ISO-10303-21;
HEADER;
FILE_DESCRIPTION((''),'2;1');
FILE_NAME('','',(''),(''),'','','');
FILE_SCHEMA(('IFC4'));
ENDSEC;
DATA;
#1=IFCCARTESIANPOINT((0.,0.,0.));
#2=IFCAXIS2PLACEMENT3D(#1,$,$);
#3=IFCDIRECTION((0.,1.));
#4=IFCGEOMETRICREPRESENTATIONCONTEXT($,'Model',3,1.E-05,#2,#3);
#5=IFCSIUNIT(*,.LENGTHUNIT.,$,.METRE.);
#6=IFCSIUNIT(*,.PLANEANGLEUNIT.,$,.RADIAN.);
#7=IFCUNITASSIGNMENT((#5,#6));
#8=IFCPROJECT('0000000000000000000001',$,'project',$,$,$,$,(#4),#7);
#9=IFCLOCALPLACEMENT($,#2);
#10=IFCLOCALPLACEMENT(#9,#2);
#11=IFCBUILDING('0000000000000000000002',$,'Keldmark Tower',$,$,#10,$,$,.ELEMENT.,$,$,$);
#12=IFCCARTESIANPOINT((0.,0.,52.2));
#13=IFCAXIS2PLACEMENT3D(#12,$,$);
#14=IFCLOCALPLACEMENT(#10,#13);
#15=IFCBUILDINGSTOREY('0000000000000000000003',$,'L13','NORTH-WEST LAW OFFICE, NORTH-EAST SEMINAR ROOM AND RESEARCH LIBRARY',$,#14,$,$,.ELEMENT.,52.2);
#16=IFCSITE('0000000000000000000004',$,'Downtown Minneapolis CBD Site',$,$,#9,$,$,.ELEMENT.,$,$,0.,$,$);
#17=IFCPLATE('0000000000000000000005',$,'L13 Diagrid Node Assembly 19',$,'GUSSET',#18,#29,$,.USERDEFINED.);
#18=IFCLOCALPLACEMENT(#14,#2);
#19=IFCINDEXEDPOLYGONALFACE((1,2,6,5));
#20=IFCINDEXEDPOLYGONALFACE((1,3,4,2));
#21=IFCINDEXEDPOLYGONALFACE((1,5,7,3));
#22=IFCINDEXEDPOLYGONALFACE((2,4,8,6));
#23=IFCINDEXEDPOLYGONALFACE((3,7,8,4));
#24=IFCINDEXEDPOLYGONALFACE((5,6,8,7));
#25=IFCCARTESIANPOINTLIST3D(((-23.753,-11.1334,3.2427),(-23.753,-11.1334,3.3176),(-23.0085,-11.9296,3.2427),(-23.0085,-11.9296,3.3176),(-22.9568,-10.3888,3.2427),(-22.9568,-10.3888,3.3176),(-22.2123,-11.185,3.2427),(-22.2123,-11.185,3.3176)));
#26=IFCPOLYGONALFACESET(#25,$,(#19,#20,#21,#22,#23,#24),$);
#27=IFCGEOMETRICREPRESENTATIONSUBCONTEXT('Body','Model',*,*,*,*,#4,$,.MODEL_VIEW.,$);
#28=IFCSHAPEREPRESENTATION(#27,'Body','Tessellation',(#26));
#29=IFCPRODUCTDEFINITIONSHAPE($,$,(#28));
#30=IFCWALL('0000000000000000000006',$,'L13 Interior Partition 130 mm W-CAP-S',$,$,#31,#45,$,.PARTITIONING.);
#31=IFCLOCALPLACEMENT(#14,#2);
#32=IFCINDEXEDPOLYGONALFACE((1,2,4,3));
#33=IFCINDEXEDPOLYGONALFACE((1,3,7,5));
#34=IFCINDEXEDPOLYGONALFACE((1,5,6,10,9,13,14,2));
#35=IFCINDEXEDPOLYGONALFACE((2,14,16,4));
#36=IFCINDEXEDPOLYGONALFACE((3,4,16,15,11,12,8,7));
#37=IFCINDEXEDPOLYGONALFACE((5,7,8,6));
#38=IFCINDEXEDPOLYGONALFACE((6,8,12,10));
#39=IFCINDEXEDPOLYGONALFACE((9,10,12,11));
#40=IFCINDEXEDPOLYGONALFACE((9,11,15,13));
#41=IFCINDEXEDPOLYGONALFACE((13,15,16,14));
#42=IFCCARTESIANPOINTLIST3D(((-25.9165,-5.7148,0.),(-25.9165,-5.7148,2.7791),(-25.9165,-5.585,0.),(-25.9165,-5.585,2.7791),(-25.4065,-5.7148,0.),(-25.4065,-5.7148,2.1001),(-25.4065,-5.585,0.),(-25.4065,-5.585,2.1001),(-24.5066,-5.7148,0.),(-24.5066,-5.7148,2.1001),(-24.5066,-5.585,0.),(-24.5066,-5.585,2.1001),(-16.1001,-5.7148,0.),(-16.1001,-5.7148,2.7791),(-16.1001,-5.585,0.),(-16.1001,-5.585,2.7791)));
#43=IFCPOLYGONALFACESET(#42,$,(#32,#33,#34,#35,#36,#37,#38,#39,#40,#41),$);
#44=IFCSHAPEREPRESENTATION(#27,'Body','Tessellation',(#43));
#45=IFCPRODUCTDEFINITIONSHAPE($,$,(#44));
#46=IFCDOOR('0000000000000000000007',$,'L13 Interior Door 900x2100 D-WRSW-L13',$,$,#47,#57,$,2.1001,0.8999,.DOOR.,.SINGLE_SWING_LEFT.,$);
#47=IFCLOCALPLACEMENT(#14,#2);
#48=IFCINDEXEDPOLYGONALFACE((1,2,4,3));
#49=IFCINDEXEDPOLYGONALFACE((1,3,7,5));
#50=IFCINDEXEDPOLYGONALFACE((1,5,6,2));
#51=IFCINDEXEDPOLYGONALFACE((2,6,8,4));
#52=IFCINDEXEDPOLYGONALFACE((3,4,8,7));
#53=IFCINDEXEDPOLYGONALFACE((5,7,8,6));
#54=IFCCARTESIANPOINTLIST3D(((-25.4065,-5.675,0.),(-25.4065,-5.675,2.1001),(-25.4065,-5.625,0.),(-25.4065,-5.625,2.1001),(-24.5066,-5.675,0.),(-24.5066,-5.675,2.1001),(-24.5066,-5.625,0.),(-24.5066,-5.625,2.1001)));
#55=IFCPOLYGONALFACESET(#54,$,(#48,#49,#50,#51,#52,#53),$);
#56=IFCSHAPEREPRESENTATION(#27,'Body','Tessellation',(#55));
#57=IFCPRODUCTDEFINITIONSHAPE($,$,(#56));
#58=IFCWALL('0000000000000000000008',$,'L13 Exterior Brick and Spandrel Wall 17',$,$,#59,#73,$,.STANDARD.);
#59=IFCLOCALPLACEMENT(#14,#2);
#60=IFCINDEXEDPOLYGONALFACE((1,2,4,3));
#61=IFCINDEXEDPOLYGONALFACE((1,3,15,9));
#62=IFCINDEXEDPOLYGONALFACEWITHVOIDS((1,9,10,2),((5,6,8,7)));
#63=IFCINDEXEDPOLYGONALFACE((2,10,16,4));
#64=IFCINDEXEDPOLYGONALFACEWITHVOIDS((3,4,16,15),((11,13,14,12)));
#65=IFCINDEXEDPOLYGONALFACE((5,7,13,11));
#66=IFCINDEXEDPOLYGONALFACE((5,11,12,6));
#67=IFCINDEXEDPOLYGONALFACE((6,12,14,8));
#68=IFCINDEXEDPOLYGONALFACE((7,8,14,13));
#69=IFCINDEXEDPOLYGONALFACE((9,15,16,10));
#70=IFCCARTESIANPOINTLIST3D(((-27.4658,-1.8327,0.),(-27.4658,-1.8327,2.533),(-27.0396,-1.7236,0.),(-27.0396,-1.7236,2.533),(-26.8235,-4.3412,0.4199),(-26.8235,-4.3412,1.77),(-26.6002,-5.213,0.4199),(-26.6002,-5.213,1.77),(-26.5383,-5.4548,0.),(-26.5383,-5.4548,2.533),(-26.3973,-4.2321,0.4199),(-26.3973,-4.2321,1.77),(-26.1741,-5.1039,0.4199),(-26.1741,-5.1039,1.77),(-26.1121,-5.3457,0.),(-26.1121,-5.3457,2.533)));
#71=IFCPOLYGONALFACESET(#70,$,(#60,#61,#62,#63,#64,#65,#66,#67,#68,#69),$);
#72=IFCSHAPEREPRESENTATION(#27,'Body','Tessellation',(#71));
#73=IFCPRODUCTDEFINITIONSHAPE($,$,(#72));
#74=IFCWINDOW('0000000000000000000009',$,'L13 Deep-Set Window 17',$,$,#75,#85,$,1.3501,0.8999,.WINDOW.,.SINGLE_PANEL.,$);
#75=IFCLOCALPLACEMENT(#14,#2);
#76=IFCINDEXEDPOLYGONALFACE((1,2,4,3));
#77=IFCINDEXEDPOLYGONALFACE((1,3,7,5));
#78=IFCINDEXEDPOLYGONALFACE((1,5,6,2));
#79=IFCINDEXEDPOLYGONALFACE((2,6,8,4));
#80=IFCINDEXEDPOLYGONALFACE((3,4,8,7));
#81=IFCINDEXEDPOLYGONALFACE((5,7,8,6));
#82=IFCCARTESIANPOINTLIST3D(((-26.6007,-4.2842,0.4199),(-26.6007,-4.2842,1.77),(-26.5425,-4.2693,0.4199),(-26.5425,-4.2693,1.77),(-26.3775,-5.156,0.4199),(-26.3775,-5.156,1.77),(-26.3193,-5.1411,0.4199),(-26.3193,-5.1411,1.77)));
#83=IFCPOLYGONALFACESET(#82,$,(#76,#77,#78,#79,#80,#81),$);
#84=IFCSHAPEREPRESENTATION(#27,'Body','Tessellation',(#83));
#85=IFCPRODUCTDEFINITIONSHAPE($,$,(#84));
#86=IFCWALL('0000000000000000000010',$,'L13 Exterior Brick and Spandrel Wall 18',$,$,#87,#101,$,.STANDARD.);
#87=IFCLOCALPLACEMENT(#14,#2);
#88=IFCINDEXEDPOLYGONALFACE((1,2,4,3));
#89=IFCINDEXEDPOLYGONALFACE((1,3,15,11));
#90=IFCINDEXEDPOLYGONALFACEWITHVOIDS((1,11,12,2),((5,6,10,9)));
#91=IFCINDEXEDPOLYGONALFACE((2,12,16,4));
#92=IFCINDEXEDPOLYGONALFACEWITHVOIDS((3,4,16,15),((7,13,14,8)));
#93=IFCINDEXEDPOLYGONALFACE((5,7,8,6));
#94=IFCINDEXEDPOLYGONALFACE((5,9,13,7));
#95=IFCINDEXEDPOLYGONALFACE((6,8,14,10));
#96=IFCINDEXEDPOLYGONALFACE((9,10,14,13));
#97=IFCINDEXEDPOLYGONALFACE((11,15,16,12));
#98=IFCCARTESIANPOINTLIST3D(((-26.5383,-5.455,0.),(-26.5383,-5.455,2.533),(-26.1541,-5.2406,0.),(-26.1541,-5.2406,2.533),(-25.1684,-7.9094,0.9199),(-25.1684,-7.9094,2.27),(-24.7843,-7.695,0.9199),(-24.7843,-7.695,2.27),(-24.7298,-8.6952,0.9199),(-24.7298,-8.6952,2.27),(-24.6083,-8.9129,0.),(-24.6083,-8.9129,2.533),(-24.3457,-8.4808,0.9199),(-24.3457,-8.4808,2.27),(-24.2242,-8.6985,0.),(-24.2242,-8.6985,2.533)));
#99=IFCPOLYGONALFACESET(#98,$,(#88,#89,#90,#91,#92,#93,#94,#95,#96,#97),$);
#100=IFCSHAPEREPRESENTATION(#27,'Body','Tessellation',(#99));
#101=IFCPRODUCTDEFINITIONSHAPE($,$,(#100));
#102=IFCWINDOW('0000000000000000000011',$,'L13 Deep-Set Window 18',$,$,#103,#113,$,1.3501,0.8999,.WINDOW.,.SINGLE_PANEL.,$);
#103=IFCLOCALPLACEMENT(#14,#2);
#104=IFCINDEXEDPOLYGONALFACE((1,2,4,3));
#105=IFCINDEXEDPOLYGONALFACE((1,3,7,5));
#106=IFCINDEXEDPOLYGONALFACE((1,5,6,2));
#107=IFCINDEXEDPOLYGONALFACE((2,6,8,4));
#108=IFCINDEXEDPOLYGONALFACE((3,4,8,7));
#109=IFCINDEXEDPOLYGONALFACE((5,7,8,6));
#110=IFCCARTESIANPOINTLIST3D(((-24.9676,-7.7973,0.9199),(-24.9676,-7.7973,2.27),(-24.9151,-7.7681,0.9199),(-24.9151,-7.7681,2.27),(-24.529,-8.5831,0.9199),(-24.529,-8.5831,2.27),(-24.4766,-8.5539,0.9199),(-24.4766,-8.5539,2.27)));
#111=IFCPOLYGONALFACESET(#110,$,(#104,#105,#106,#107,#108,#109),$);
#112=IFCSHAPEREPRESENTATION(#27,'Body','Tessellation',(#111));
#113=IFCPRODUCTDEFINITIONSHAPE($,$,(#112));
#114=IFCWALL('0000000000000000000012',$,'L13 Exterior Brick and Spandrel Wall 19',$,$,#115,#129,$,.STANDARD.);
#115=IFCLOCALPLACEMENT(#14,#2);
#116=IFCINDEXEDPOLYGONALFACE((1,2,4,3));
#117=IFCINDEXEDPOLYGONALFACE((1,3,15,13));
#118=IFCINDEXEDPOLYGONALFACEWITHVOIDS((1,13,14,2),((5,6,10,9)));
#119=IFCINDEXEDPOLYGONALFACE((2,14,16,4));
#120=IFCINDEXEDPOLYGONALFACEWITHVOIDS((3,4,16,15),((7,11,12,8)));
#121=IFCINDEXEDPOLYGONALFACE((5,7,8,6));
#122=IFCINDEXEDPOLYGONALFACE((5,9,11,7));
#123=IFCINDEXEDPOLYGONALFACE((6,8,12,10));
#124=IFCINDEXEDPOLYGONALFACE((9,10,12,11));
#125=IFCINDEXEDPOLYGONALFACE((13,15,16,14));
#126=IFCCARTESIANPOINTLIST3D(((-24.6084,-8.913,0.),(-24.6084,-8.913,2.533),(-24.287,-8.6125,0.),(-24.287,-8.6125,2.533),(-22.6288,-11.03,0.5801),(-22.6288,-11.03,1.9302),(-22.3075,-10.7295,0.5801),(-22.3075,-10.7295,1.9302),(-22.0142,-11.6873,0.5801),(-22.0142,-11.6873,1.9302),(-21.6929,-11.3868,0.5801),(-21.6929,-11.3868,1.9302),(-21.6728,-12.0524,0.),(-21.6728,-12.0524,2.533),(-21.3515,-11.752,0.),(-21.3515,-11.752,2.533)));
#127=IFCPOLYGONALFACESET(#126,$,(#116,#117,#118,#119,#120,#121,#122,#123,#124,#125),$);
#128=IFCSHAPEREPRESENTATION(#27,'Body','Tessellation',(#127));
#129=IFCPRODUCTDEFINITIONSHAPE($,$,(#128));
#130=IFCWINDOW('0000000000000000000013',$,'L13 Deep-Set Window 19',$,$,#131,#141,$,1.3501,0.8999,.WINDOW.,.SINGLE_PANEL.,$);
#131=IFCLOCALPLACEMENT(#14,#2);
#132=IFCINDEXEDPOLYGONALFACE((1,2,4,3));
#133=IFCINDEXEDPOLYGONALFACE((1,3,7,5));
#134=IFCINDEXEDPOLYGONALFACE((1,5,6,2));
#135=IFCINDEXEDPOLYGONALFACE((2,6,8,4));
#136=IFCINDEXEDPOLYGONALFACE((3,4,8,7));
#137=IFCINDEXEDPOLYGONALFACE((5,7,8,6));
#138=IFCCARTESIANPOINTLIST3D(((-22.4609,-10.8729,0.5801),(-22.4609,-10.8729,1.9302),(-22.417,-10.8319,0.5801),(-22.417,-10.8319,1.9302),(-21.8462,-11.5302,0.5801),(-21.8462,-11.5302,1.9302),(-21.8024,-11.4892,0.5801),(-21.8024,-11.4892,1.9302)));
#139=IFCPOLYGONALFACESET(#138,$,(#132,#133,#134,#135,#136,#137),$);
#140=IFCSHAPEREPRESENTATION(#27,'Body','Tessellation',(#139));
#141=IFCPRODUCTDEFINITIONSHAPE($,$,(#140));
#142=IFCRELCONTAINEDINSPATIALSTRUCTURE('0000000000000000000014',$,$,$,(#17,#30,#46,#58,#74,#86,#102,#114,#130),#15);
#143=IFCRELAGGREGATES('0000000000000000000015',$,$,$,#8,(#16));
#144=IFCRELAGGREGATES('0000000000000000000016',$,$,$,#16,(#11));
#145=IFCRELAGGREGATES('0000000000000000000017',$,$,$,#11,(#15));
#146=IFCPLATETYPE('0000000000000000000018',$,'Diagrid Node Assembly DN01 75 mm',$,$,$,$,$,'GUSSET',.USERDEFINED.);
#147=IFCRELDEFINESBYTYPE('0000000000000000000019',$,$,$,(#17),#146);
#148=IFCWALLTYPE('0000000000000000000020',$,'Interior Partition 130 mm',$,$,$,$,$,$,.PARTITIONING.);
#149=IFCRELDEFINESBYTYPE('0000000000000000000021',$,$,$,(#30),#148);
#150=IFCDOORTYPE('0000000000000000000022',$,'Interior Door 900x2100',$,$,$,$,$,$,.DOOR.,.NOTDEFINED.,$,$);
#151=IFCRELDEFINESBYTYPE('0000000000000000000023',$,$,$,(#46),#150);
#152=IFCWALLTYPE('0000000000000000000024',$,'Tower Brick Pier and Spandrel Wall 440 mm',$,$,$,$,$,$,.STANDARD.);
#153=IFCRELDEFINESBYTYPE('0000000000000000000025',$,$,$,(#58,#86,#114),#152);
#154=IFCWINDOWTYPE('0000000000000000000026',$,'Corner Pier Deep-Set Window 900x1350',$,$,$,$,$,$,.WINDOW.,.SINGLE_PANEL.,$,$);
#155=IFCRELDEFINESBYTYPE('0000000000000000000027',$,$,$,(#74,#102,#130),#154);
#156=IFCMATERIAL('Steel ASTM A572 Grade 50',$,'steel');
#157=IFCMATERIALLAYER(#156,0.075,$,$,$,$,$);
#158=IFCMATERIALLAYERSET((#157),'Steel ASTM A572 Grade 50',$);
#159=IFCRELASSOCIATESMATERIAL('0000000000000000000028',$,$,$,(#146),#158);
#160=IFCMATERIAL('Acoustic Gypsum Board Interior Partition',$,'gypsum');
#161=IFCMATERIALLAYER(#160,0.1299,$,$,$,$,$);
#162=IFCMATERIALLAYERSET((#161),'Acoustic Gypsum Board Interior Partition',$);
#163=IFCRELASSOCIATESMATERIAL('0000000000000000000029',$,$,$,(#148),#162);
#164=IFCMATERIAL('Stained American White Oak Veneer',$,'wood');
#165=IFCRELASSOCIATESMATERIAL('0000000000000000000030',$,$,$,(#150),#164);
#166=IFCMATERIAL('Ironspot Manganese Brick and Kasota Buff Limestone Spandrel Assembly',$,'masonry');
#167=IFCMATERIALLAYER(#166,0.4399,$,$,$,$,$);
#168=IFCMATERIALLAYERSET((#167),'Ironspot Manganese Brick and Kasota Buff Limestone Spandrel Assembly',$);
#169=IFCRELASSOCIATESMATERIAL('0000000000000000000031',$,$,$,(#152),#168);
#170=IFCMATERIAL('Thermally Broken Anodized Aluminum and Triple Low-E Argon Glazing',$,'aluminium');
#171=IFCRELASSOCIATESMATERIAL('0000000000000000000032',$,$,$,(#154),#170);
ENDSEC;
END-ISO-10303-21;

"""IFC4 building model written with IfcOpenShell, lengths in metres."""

from ifc_helpers import new_model, si_unit, direction, frame, frame_2d, origin, origin_2d, place, context, subcontext, project, spatial, rectangle, extrude, material, layer, layer_set, type_object, element, fill, save


model = new_model("IFC4")

# Units and contexts
model_context = context("Model", 3, precision=1e-05, world=origin(), true_north=direction((0.0, 1.0)))
body_context = subcontext(model_context, "Body", "Model", "MODEL_VIEW")
ifc_project = project(units=[si_unit("LENGTHUNIT", "METRE"), si_unit("PLANEANGLEUNIT", "RADIAN")], contexts=[model_context])

# Site, building, storey
site_placement = place(None, origin())
site = spatial("IfcSite", under=ifc_project, at=site_placement, Name="Downtown Minneapolis CBD Site", CompositionType="ELEMENT", RefElevation=0.0)
building_placement = place(site_placement, origin())
building = spatial("IfcBuilding", under=site, at=building_placement, Name="Keldmark Tower", CompositionType="ELEMENT")
storey_placement = place(building_placement, frame((0.0, 0.0, 52.2)))
storey = spatial("IfcBuildingStorey", under=building, at=storey_placement, Name="L13", Description="NORTH-WEST LAW OFFICE, NORTH-EAST SEMINAR ROOM AND RESEARCH LIBRARY", CompositionType="ELEMENT", Elevation=52.2)

# Plate
ifc_material_1 = material(Name="Steel ASTM A572 Grade 50", Category="steel")
ifc_layer_1 = layer(ifc_material_1, 0.075)
ifc_layer_set_1 = layer_set([ifc_layer_1], Name="Steel ASTM A572 Grade 50")
plate_type = type_object("IfcPlateType", Name="Diagrid Node Assembly DN01 75 mm", ElementType="GUSSET", PredefinedType="USERDEFINED", material=ifc_layer_set_1)
for number, where, z_axis, x_axis, name in (
    (1, (-22.9827, -11.1592, 3.2427), (0.0, 0.0, 1.0), (0.683019, -0.730401, 0.0), "L13 Diagrid Node Assembly 19"),
):
    element("IfcPlate", number, at=place(storey_placement, frame(where, z_axis=z_axis, x_axis=x_axis)), inside=storey, type_object=plate_type, Name=name, ObjectType="GUSSET", PredefinedType="USERDEFINED", context=body_context, shape_type="SweptSolid", body=[
        extrude(rectangle(XDim=1.0901, YDim=1.0901, at=origin_2d()), origin(), (0.0, 0.0, 1.0), 0.075),
    ])

# Wall, opening, door
ifc_material_2 = material(Name="Acoustic Gypsum Board Interior Partition", Category="gypsum")
ifc_layer_2 = layer(ifc_material_2, 0.1299)
ifc_layer_set_2 = layer_set([ifc_layer_2], Name="Acoustic Gypsum Board Interior Partition")
wall_type_1 = type_object("IfcWallType", Name="Interior Partition 130 mm", PredefinedType="PARTITIONING", material=ifc_layer_set_2)
wall_1_placement = place(storey_placement, frame((-25.9165, -5.6499, 0.0), z_axis=(0.0, 0.0, 1.0), x_axis=(1.0, 0.0, 0.0)))
wall_1 = element("IfcWall", 2, at=wall_1_placement, inside=storey, type_object=wall_type_1, Name="L13 Interior Partition 130 mm W-CAP-S", PredefinedType="PARTITIONING", context=body_context, shape_type="SweptSolid", body=[
    extrude(rectangle(XDim=9.8164, YDim=0.1299, at=frame_2d((4.9082, 0.0))), origin(), (0.0, 0.0, 1.0), 2.7791),
])
opening_1_placement = place(wall_1_placement, frame((0.51, 0.0, 0.0)))
opening_1 = element("IfcOpeningElement", 3, at=opening_1_placement, cuts=wall_1, PredefinedType="OPENING", context=body_context, shape_type="SweptSolid", body=[
    extrude(rectangle(XDim=0.8999, YDim=2.1001, at=frame_2d((0.45, 1.05))), frame((0.0, 0.075, 0.0), z_axis=(0.0, -1.0, 0.0), x_axis=(1.0, 0.0, 0.0)), (0.0, 0.0, 1.0), 0.1499),
])
ifc_material_3 = material(Name="Stained American White Oak Veneer", Category="wood")
door_type = type_object("IfcDoorType", Name="Interior Door 900x2100", OperationType="NOTDEFINED", PredefinedType="DOOR", material=ifc_material_3)
door_placement = place(opening_1_placement, origin())
door = element("IfcDoor", 4, at=door_placement, inside=storey, type_object=door_type, Name="L13 Interior Door 900x2100 D-WRSW-L13", OperationType="SINGLE_SWING_LEFT", OverallHeight=2.1001, OverallWidth=0.8999, PredefinedType="DOOR", context=body_context, shape_type="SweptSolid", body=[
    extrude(rectangle(XDim=0.8999, YDim=2.1001, at=frame_2d((0.45, 1.05))), frame((0.0, 0.0249, 0.0), z_axis=(0.0, -1.0, 0.0), x_axis=(1.0, 0.0, 0.0)), (0.0, 0.0, 1.0), 0.05),
])
fill(opening_1, door)

# Walls, openings, windows
ifc_material_4 = material(Name="Ironspot Manganese Brick and Kasota Buff Limestone Spandrel Assembly", Category="masonry")
ifc_layer_3 = layer(ifc_material_4, 0.4399)
ifc_layer_set_3 = layer_set([ifc_layer_3], Name="Ironspot Manganese Brick and Kasota Buff Limestone Spandrel Assembly")
wall_type_2 = type_object("IfcWallType", Name="Tower Brick Pier and Spandrel Wall 440 mm", PredefinedType="STANDARD", material=ifc_layer_set_3)
wall_2_placement = place(storey_placement, frame((-26.3252, -5.4004, 0.0), z_axis=(0.0, 0.0, 1.0), x_axis=(-0.248063, 0.968744, 0.0)))
wall_2 = element("IfcWall", 5, at=wall_2_placement, inside=storey, type_object=wall_type_2, Name="L13 Exterior Brick and Spandrel Wall 17", PredefinedType="STANDARD", context=body_context, shape_type="SweptSolid", body=[
    extrude(rectangle(XDim=3.739, YDim=0.4399, at=frame_2d((1.8696, 0.0))), origin(), (0.0, 0.0, 1.0), 2.533),
])
opening_2_placement = place(wall_2_placement, frame((0.2498, 0.0, 0.4199)))
opening_2 = element("IfcOpeningElement", 6, at=opening_2_placement, cuts=wall_2, PredefinedType="OPENING", context=body_context, shape_type="SweptSolid", body=[
    extrude(rectangle(XDim=0.8999, YDim=1.3501, at=frame_2d((0.45, 0.675))), frame((0.0, 0.23, 0.0), z_axis=(0.0, -1.0, 0.0), x_axis=(1.0, 0.0, 0.0)), (0.0, 0.0, 1.0), 0.46),
])
ifc_material_5 = material(Name="Thermally Broken Anodized Aluminum and Triple Low-E Argon Glazing", Category="aluminium")
window_type = type_object("IfcWindowType", Name="Corner Pier Deep-Set Window 900x1350", PartitioningType="SINGLE_PANEL", PredefinedType="WINDOW", material=ifc_material_5)
window_1_placement = place(opening_2_placement, origin())
window_1 = element("IfcWindow", 7, at=window_1_placement, inside=storey, type_object=window_type, Name="L13 Deep-Set Window 17", OverallHeight=1.3501, OverallWidth=0.8999, PartitioningType="SINGLE_PANEL", PredefinedType="WINDOW", context=body_context, shape_type="SweptSolid", body=[
    extrude(rectangle(XDim=0.8999, YDim=1.3501, at=frame_2d((0.45, 0.675))), frame((0.0, -0.01, 0.0), z_axis=(0.0, -1.0, 0.0), x_axis=(1.0, 0.0, 0.0)), (0.0, 0.0, 1.0), 0.0601),
])
fill(opening_2, window_1)
wall_3_placement = place(storey_placement, frame((-24.4163, -8.8057, 0.0), z_axis=(0.0, 0.0, 1.0), x_axis=(-0.487369, 0.873196, 0.0)))
wall_3 = element("IfcWall", 8, at=wall_3_placement, inside=storey, type_object=wall_type_2, Name="L13 Exterior Brick and Spandrel Wall 18", PredefinedType="STANDARD", context=body_context, shape_type="SweptSolid", body=[
    extrude(rectangle(XDim=3.96, YDim=0.4399, at=frame_2d((1.98, 0.0))), origin(), (0.0, 0.0, 1.0), 2.533),
])
opening_3_placement = place(wall_3_placement, frame((0.2493, 0.0, 0.9199)))
opening_3 = element("IfcOpeningElement", 9, at=opening_3_placement, cuts=wall_3, PredefinedType="OPENING", context=body_context, shape_type="SweptSolid", body=[
    extrude(rectangle(XDim=0.8999, YDim=1.3501, at=frame_2d((0.45, 0.675))), frame((0.0, 0.23, 0.0), z_axis=(0.0, -1.0, 0.0), x_axis=(1.0, 0.0, 0.0)), (0.0, 0.0, 1.0), 0.46),
])
window_2_placement = place(opening_3_placement, origin())
window_2 = element("IfcWindow", 10, at=window_2_placement, inside=storey, type_object=window_type, Name="L13 Deep-Set Window 18", OverallHeight=1.3501, OverallWidth=0.8999, PartitioningType="SINGLE_PANEL", PredefinedType="WINDOW", context=body_context, shape_type="SweptSolid", body=[
    extrude(rectangle(XDim=0.8999, YDim=1.3501, at=frame_2d((0.45, 0.675))), frame((0.0, -0.01, 0.0), z_axis=(0.0, -1.0, 0.0), x_axis=(1.0, 0.0, 0.0)), (0.0, 0.0, 1.0), 0.0601),
])
fill(opening_3, window_2)
wall_4_placement = place(storey_placement, frame((-21.5122, -11.9021, 0.0), z_axis=(0.0, 0.0, 1.0), x_axis=(-0.682994, 0.730424, 0.0)))
wall_4 = element("IfcWall", 11, at=wall_4_placement, inside=storey, type_object=wall_type_2, Name="L13 Exterior Brick and Spandrel Wall 19", PredefinedType="STANDARD", context=body_context, shape_type="SweptSolid", body=[
    extrude(rectangle(XDim=4.2981, YDim=0.4399, at=frame_2d((2.1489, 0.0))), origin(), (0.0, 0.0, 1.0), 2.533),
])
opening_4_placement = place(wall_4_placement, frame((0.4998, 0.0, 0.5801)))
opening_4 = element("IfcOpeningElement", 12, at=opening_4_placement, cuts=wall_4, PredefinedType="OPENING", context=body_context, shape_type="SweptSolid", body=[
    extrude(rectangle(XDim=0.8999, YDim=1.3501, at=frame_2d((0.45, 0.675))), frame((0.0, 0.23, 0.0), z_axis=(0.0, -1.0, 0.0), x_axis=(1.0, 0.0, 0.0)), (0.0, 0.0, 1.0), 0.46),
])
window_3_placement = place(opening_4_placement, origin())
window_3 = element("IfcWindow", 13, at=window_3_placement, inside=storey, type_object=window_type, Name="L13 Deep-Set Window 19", OverallHeight=1.3501, OverallWidth=0.8999, PartitioningType="SINGLE_PANEL", PredefinedType="WINDOW", context=body_context, shape_type="SweptSolid", body=[
    extrude(rectangle(XDim=0.8999, YDim=1.3501, at=frame_2d((0.45, 0.675))), frame((0.0, -0.01, 0.0), z_axis=(0.0, -1.0, 0.0), x_axis=(1.0, 0.0, 0.0)), (0.0, 0.0, 1.0), 0.0601),
])
fill(opening_4, window_3)

save(model, "model.ifc")
